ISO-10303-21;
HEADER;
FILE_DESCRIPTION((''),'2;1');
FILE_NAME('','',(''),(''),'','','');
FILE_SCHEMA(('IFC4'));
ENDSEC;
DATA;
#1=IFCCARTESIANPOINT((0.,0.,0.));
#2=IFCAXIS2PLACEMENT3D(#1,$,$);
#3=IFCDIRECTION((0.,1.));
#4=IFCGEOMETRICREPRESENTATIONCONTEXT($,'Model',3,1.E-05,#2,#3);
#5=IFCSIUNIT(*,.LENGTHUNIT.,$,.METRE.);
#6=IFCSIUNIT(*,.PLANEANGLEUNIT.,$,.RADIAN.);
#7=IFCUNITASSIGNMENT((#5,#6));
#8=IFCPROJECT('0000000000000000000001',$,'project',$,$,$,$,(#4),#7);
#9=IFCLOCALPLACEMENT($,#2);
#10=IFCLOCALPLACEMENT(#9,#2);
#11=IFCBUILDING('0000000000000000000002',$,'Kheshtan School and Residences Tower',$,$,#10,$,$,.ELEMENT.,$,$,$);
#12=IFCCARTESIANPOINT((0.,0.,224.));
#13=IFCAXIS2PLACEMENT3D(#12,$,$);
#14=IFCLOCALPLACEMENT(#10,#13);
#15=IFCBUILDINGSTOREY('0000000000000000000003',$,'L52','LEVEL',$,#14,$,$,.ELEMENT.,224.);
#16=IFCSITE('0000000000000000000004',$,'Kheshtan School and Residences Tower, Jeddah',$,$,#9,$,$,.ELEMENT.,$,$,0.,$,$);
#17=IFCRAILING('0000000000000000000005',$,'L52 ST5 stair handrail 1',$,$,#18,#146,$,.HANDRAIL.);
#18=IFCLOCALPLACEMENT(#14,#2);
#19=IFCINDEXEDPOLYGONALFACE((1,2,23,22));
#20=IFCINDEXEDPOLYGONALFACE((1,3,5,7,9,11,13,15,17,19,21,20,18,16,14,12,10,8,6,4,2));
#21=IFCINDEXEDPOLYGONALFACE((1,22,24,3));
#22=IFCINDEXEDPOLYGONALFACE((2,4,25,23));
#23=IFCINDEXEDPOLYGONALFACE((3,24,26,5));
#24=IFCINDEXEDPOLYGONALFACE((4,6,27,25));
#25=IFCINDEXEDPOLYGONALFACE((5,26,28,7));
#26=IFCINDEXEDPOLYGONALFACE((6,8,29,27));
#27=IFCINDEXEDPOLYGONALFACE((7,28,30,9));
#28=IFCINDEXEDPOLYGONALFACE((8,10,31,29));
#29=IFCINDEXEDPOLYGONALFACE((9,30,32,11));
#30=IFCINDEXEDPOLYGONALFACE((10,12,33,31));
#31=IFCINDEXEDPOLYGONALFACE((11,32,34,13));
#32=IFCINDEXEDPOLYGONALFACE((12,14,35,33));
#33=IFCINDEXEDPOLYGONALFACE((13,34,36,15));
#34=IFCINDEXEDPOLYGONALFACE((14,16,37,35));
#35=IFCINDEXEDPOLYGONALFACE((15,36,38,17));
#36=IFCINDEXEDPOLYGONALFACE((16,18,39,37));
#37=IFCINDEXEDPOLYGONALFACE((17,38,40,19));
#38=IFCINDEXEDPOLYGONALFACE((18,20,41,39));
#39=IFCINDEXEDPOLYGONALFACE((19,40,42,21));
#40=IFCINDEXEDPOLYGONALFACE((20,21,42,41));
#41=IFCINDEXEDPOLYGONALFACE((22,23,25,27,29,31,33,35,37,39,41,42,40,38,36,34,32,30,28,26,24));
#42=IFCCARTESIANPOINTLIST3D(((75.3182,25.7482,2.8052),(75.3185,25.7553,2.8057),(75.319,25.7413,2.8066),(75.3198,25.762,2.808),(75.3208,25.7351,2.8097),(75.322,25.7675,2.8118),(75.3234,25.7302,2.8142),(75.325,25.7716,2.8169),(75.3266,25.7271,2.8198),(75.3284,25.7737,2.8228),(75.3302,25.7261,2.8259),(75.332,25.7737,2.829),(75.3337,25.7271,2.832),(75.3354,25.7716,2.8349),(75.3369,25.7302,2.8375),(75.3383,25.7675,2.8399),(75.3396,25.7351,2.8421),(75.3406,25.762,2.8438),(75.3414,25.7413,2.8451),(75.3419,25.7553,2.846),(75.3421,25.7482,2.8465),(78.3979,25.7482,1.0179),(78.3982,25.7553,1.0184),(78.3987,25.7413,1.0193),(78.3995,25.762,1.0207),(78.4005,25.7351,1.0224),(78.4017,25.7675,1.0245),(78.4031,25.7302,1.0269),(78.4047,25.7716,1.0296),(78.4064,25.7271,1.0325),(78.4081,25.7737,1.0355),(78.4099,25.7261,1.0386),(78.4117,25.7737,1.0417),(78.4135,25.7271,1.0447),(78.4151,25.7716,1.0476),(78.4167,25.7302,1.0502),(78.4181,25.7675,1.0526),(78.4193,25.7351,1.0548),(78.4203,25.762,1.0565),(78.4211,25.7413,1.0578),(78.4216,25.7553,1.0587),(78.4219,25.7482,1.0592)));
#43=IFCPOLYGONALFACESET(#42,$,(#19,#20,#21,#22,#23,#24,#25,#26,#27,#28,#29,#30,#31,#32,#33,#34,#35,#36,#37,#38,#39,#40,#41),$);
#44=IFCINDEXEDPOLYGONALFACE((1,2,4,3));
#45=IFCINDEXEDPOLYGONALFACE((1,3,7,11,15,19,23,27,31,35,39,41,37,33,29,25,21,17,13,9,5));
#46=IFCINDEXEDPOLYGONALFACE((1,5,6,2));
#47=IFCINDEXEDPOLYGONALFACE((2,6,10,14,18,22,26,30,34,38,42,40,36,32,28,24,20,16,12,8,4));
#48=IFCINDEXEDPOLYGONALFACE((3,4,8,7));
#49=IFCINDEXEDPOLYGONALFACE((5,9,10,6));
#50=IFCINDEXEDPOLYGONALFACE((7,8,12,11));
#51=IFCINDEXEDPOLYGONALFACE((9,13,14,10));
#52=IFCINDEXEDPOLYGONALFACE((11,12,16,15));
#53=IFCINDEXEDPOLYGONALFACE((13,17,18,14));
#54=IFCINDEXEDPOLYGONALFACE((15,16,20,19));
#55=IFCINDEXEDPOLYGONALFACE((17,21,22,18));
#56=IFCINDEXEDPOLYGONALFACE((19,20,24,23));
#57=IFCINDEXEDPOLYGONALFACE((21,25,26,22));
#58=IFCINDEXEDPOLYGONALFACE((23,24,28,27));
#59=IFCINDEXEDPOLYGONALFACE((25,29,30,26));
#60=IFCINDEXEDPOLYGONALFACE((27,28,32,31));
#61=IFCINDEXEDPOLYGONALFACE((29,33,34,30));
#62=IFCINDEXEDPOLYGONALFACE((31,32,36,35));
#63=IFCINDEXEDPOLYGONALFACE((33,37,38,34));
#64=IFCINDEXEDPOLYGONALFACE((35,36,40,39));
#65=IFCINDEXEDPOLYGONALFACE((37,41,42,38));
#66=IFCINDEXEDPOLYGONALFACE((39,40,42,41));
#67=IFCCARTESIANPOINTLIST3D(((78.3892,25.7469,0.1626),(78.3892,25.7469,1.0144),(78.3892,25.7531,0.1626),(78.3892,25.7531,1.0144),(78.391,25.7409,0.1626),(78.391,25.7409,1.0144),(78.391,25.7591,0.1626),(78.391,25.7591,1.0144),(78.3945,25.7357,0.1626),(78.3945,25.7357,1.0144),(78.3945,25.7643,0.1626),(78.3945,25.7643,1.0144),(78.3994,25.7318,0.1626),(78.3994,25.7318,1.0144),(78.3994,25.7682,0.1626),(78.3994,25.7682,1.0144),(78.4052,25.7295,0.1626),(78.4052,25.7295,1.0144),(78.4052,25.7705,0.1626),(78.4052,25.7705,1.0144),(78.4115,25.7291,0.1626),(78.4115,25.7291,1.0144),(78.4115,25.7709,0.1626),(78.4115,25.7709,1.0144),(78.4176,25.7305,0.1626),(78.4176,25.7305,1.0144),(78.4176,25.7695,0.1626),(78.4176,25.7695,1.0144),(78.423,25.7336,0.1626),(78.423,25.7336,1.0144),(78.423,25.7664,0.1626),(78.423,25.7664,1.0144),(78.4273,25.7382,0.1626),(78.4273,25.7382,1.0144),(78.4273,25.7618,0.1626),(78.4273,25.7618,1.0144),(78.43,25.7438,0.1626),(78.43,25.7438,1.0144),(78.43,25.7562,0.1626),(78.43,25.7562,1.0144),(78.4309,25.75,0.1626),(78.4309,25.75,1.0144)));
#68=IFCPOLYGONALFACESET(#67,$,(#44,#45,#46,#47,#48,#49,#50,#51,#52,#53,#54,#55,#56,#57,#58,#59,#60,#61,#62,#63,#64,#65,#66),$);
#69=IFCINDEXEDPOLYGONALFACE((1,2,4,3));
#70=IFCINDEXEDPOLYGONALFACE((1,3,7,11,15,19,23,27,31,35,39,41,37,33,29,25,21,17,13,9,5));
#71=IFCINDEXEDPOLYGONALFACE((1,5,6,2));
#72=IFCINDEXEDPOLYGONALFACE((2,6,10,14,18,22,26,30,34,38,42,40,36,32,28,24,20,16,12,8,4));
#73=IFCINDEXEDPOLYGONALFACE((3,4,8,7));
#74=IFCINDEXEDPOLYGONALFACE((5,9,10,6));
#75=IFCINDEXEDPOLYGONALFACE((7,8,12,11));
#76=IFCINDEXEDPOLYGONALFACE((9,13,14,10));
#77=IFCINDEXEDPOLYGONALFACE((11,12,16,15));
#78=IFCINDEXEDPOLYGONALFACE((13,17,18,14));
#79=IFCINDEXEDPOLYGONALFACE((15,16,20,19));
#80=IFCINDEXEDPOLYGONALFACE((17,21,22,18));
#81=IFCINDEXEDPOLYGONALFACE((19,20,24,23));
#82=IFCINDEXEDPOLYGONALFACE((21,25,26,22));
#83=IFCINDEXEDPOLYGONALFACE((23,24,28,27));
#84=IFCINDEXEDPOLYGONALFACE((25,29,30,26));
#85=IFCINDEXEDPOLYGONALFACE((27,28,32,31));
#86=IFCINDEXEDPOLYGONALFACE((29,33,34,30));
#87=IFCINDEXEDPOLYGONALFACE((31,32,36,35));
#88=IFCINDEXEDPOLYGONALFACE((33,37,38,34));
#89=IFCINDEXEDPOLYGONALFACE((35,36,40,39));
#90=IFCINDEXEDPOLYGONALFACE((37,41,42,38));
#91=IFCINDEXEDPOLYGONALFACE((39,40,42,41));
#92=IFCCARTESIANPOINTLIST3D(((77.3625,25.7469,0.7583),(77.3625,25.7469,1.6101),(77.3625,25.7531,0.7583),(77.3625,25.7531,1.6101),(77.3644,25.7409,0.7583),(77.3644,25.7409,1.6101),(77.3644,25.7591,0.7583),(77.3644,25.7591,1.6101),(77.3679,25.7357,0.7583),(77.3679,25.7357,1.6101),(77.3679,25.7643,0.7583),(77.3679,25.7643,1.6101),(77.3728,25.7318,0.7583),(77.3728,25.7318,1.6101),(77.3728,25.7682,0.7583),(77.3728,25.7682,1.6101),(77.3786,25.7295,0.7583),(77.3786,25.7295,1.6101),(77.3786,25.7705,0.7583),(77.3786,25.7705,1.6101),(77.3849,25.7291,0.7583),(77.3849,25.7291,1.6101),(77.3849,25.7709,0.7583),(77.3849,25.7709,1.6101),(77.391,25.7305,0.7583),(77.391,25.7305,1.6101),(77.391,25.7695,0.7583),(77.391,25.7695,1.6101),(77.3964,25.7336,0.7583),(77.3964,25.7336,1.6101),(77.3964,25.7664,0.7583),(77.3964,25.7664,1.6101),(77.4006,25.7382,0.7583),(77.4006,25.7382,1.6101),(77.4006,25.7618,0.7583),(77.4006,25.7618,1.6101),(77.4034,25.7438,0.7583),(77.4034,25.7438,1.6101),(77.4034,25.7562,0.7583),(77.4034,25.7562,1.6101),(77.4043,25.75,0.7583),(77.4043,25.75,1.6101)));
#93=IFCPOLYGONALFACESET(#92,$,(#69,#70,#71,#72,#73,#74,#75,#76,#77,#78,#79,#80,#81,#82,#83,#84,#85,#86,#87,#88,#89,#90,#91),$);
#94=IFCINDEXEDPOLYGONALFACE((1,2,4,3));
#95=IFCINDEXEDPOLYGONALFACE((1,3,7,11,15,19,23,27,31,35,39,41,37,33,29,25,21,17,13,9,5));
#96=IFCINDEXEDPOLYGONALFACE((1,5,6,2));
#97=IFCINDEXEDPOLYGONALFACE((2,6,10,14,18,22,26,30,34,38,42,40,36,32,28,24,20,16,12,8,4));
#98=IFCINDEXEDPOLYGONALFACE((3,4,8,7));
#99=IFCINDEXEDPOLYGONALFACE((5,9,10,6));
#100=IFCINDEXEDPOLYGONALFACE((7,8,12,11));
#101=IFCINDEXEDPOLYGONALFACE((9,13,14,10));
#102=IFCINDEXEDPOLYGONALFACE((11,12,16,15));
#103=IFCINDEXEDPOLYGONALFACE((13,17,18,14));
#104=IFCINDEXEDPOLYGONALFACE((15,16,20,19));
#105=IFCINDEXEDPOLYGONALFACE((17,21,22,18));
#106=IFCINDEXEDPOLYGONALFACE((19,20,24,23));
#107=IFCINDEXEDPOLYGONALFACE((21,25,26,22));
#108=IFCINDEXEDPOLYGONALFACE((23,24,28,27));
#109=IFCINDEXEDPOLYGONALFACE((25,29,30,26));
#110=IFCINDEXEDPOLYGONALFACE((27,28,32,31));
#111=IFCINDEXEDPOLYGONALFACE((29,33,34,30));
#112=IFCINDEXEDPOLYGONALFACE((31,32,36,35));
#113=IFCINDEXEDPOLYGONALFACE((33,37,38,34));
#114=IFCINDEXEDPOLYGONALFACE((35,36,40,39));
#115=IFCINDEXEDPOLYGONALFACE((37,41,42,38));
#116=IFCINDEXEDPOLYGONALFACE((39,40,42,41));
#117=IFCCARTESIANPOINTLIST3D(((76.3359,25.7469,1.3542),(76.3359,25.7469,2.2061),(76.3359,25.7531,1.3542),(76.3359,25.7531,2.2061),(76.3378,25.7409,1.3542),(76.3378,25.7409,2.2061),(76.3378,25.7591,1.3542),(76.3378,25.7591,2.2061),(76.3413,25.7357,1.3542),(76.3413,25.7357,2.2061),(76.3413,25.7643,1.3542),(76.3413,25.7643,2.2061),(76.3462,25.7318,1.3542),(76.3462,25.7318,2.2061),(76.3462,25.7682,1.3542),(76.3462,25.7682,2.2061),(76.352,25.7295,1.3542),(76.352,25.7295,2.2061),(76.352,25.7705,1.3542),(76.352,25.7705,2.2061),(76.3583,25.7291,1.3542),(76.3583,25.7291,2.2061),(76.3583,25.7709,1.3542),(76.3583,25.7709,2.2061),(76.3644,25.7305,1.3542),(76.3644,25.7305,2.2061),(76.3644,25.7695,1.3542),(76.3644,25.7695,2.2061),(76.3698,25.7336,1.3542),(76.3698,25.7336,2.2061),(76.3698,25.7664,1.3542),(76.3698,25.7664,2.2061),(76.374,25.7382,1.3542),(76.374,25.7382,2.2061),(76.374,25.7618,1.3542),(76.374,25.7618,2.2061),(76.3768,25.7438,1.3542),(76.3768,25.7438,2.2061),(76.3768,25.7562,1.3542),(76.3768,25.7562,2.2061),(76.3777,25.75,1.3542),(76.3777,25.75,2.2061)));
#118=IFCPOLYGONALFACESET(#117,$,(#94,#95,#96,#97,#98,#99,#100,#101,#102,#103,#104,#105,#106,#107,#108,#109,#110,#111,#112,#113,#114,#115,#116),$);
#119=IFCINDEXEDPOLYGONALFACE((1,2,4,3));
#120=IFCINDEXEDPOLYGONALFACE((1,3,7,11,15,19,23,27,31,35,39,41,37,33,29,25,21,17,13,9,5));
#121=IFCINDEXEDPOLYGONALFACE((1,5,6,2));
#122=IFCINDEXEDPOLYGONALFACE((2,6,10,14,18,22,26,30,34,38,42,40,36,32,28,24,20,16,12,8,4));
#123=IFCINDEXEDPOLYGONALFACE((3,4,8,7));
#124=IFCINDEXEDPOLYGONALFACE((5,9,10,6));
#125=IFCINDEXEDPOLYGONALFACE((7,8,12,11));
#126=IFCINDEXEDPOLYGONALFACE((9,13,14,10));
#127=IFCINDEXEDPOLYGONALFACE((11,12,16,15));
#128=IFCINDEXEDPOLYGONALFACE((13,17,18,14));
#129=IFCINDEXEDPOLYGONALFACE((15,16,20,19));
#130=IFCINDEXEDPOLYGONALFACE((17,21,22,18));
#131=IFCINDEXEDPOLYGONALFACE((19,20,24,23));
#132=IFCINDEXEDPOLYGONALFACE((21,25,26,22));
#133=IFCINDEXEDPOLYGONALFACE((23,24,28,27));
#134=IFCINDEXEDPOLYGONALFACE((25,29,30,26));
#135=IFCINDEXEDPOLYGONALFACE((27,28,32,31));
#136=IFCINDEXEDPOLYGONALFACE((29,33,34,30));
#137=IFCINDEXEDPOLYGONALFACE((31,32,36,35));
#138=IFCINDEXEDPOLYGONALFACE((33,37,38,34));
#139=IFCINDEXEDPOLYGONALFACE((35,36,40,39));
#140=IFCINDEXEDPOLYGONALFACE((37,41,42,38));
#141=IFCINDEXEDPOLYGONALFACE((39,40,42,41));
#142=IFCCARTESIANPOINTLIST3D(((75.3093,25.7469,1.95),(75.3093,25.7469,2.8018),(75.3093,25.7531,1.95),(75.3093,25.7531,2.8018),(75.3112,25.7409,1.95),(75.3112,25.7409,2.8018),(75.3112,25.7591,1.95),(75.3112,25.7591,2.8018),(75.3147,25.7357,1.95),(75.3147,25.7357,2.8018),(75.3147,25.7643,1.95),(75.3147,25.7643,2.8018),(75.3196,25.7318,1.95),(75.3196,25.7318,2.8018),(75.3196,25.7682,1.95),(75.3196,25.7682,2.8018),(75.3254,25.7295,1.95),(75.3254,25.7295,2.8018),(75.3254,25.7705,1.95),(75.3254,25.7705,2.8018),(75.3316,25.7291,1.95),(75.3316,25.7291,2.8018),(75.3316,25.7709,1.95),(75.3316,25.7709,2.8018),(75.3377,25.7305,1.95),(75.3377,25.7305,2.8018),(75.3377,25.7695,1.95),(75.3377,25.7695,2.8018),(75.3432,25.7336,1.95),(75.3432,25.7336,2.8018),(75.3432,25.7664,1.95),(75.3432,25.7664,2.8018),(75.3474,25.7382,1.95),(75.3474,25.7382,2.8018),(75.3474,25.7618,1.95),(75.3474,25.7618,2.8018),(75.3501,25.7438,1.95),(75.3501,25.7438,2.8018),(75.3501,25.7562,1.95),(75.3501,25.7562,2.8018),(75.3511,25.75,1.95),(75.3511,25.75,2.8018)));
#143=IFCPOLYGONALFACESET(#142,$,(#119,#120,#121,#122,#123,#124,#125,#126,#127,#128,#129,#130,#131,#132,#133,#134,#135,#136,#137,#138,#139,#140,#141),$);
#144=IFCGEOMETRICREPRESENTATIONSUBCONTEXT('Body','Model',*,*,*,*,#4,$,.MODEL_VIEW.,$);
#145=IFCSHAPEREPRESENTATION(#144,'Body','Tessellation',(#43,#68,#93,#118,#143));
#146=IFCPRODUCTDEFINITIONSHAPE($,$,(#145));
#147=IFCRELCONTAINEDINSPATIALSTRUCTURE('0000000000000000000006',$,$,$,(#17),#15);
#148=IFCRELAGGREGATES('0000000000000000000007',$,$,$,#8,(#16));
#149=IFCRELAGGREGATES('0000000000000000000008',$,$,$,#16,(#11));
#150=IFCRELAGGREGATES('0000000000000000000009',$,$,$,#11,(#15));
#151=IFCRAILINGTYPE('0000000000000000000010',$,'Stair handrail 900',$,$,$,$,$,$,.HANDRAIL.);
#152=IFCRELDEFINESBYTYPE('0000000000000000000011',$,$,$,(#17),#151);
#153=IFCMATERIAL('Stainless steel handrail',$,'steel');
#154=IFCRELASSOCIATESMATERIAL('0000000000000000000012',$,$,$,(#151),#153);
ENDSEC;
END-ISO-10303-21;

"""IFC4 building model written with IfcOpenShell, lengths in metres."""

from ifc_helpers import new_model, si_unit, direction, frame, origin, origin_2d, place, context, subcontext, project, spatial, circle, extrude, material, type_object, element, save


model = new_model("IFC4")

# Units and contexts
model_context = context("Model", 3, precision=1e-05, world=origin(), true_north=direction((0.0, 1.0)))
body_context = subcontext(model_context, "Body", "Model", "MODEL_VIEW")
ifc_project = project(units=[si_unit("LENGTHUNIT", "METRE"), si_unit("PLANEANGLEUNIT", "RADIAN")], contexts=[model_context])

# Site, building, storey
site_placement = place(None, origin())
site = spatial("IfcSite", under=ifc_project, at=site_placement, Name="Kheshtan School and Residences Tower, Jeddah", CompositionType="ELEMENT", RefElevation=0.0)
building_placement = place(site_placement, origin())
building = spatial("IfcBuilding", under=site, at=building_placement, Name="Kheshtan School and Residences Tower", CompositionType="ELEMENT")
storey_placement = place(building_placement, frame((0.0, 0.0, 224.0)))
storey = spatial("IfcBuildingStorey", under=building, at=storey_placement, Name="L52", Description="LEVEL", CompositionType="ELEMENT", Elevation=224.0)

# Railing
ifc_material_1 = material(Name="Stainless steel handrail", Category="steel")
railing_type_1 = type_object("IfcRailingType", Name="Stair handrail 900", PredefinedType="HANDRAIL", material=ifc_material_1)
railing_1_placement = place(storey_placement, frame((78.4099, 25.75, 0.1626)))
element("IfcRailing", 1, at=railing_1_placement, inside=storey, type_object=railing_type_1, Name="L52 ST5 stair handrail 1", PredefinedType="HANDRAIL", context=body_context, shape_type="SweptSolid", body=[
    extrude(circle(Radius=0.0239, at=origin_2d()), frame((0.0, 0.0, 0.876), z_axis=(-0.864903, 0.0, 0.501939), x_axis=(0.0, -1.0, 0.0)), (0.0, 0.0, 1.0), 3.5608),
    extrude(circle(Radius=0.021, at=origin_2d()), origin(), (0.0, 0.0, 1.0), 0.8518),
    extrude(circle(Radius=0.021, at=origin_2d()), frame((-1.0266, 0.0, 0.5957)), (0.0, 0.0, 1.0), 0.8518),
    extrude(circle(Radius=0.021, at=origin_2d()), frame((-2.0532, 0.0, 1.1917)), (0.0, 0.0, 1.0), 0.8518),
    extrude(circle(Radius=0.021, at=origin_2d()), frame((-3.0798, 0.0, 1.7874)), (0.0, 0.0, 1.0), 0.8518),
])

save(model, "model.ifc")
